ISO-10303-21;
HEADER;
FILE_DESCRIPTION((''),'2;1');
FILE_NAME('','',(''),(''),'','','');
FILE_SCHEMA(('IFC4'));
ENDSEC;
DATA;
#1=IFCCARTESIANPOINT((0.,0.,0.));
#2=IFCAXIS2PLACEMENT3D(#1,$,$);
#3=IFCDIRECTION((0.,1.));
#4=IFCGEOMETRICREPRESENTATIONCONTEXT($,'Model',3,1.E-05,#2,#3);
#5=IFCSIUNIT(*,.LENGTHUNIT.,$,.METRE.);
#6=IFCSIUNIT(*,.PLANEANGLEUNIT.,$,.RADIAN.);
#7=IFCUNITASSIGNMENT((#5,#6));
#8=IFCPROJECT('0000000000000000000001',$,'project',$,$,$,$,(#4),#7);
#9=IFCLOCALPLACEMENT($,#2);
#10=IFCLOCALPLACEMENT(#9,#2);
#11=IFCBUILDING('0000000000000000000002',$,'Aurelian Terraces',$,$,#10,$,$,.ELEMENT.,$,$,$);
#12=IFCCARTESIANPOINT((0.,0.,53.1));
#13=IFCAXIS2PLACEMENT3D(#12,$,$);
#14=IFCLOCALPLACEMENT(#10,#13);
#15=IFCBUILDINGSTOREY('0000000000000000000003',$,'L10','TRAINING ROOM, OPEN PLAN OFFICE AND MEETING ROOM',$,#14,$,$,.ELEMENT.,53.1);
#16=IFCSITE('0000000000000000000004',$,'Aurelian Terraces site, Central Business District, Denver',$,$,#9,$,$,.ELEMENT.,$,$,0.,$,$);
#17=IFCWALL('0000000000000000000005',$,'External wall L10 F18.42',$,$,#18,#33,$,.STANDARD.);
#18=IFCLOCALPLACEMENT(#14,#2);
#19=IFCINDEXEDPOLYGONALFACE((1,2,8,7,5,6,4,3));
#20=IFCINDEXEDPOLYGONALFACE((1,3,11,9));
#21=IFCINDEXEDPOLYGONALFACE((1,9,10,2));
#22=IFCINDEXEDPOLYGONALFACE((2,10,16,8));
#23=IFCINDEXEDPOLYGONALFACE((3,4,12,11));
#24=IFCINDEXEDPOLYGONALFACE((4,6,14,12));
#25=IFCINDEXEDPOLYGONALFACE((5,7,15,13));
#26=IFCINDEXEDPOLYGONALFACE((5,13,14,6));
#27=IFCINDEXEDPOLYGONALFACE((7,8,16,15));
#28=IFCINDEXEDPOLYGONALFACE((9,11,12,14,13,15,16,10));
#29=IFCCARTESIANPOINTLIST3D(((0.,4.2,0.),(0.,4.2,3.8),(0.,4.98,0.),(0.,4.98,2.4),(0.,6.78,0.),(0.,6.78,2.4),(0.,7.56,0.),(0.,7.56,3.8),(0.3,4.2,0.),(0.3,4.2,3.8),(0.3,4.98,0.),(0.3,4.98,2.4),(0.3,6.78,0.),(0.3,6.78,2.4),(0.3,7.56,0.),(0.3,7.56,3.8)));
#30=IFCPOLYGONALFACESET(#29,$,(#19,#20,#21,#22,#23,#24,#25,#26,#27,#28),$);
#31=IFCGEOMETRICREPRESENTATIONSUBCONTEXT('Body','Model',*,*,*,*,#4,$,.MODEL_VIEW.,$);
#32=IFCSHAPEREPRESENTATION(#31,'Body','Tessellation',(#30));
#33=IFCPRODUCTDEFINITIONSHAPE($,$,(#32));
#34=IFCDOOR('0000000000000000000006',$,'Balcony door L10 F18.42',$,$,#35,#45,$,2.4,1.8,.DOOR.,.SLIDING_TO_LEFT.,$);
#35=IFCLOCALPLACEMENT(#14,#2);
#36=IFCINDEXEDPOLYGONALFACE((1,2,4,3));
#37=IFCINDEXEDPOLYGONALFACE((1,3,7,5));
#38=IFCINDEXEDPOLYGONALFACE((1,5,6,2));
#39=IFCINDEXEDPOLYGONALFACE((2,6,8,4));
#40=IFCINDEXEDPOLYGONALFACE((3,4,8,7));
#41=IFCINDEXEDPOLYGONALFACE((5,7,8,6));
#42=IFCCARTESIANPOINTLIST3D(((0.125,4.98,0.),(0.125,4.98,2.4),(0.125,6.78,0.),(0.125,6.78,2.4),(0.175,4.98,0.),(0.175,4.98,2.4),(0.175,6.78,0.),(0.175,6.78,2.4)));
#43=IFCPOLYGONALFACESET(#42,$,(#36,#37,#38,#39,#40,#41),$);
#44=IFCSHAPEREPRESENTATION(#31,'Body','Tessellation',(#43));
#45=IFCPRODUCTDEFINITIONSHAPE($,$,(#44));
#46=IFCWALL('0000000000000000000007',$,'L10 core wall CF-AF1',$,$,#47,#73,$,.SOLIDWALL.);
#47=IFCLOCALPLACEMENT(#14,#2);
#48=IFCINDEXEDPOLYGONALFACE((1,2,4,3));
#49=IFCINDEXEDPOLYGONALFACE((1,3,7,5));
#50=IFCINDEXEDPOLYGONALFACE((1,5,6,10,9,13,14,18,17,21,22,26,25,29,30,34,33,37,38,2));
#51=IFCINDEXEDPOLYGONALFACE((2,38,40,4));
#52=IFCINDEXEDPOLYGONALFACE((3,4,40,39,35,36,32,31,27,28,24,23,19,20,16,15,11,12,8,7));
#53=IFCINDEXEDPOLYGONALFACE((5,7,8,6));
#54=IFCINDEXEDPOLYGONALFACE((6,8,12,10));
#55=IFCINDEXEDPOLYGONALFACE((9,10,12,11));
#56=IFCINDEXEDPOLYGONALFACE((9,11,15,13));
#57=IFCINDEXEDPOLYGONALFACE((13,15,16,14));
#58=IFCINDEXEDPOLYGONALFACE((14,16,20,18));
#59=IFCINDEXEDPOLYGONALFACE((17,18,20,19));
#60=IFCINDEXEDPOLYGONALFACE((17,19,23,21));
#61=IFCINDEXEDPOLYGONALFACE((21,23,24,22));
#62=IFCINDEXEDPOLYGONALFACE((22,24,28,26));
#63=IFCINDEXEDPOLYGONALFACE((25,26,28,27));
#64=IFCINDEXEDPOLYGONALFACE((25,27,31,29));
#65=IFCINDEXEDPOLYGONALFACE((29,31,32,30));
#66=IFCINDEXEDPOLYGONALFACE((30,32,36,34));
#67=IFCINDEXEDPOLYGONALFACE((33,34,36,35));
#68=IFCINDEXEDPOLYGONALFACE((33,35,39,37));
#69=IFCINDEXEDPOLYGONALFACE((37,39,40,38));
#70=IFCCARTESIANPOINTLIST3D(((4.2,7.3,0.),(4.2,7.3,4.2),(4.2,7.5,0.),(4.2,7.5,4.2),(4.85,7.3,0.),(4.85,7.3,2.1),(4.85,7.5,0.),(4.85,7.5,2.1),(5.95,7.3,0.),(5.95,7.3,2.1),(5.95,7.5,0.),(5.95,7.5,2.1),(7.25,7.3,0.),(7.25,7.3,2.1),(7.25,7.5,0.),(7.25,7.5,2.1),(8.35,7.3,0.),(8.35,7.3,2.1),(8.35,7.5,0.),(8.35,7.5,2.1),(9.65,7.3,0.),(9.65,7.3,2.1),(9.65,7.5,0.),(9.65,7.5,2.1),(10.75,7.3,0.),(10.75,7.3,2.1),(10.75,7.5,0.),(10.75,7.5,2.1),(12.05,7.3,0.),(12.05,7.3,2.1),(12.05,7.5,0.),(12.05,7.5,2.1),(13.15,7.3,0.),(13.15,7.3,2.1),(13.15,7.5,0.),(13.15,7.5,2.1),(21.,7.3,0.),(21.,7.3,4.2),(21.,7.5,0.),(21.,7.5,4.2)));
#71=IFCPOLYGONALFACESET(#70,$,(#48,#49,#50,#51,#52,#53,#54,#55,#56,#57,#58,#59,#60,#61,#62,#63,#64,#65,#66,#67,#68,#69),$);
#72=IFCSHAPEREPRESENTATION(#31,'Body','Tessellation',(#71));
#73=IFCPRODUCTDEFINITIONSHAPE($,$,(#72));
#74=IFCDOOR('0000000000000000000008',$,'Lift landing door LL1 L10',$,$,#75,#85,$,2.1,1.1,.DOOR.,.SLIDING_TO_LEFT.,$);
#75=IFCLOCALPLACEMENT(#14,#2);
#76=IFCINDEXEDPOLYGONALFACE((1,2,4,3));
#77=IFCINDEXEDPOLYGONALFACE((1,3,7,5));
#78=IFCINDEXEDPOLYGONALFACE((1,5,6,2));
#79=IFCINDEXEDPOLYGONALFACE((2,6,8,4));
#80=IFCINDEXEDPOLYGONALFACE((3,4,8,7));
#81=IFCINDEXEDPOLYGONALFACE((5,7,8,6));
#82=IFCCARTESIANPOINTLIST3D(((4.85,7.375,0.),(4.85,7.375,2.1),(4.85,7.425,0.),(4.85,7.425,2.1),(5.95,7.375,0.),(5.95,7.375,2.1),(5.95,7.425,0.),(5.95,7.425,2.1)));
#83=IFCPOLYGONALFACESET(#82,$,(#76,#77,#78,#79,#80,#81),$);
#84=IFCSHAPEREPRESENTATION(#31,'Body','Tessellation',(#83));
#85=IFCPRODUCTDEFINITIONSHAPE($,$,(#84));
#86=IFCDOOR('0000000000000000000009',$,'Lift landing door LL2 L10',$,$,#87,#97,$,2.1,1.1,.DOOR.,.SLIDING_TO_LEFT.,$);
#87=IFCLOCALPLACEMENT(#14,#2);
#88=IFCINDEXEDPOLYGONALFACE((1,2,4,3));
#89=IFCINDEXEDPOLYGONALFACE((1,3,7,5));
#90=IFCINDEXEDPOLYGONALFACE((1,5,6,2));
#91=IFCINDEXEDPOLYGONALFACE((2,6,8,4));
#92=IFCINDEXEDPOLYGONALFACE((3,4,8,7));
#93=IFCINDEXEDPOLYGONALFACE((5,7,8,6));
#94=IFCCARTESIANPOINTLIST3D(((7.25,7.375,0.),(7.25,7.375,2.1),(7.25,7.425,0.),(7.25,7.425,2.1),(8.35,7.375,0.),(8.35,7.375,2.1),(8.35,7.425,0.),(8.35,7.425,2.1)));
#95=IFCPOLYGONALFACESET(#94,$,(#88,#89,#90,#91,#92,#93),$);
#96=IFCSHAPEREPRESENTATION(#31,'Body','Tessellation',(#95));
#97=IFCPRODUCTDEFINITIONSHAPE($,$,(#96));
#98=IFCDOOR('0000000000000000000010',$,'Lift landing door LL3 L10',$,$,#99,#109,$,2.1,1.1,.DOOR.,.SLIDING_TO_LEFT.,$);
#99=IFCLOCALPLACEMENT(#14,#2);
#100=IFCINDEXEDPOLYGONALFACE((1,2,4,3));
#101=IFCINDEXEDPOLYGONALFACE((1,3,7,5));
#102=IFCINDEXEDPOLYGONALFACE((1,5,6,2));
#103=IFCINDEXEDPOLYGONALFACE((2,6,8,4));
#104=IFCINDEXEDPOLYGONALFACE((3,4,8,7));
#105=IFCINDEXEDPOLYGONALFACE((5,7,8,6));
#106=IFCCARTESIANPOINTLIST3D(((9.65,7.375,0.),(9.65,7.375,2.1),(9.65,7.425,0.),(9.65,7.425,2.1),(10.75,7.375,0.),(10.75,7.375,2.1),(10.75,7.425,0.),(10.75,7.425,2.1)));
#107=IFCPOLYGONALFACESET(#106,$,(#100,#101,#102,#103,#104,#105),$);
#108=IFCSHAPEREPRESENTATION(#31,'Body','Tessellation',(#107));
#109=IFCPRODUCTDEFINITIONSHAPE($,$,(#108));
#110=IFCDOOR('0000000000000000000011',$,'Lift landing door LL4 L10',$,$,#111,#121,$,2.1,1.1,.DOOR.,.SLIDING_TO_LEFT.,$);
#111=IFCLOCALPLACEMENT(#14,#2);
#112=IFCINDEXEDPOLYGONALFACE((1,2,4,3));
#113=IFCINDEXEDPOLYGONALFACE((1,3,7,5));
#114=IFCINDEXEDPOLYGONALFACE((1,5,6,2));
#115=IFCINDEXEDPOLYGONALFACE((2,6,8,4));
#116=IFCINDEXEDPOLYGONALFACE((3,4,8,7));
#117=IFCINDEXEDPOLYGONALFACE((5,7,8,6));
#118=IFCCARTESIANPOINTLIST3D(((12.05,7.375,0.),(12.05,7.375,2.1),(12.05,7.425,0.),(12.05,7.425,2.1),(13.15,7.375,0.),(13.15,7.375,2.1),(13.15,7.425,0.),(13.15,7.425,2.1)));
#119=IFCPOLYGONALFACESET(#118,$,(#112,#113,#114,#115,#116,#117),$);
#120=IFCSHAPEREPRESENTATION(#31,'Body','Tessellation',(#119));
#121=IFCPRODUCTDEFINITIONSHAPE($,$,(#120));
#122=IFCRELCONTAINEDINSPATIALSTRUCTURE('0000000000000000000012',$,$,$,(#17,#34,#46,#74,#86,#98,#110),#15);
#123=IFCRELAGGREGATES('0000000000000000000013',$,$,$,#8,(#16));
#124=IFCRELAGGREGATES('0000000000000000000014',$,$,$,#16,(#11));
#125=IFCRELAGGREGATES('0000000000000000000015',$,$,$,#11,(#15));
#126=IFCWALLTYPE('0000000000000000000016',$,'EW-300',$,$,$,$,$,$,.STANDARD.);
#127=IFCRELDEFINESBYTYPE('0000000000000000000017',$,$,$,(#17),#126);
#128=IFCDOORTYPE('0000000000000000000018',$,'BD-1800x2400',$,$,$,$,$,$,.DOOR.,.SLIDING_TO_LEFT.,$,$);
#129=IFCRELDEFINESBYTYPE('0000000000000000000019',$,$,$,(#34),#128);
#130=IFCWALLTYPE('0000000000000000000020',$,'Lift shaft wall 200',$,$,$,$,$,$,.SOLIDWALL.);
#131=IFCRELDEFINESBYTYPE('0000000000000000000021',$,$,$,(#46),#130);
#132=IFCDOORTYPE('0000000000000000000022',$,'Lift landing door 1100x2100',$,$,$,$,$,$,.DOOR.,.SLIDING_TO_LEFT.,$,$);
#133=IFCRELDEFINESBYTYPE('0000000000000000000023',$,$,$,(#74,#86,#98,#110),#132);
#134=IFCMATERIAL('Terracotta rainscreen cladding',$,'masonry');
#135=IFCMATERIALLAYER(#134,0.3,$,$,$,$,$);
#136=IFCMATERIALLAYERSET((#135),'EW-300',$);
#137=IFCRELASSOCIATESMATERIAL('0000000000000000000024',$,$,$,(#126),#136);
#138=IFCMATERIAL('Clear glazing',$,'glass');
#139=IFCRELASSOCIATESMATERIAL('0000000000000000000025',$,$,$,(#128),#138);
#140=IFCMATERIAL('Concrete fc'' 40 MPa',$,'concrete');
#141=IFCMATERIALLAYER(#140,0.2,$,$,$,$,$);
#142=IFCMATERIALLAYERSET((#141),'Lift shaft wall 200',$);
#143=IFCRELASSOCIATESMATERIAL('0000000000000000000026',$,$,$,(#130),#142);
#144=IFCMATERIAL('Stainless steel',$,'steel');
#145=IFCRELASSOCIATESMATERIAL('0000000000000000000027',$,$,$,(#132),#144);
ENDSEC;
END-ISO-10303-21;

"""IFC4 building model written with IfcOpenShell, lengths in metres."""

from ifc_helpers import new_model, si_unit, direction, frame, frame_2d, origin, place, context, subcontext, project, spatial, rectangle, extrude, source, transform, mapped, material, layer, layer_set, type_object, element, fill, save


model = new_model("IFC4")

# Units and contexts
model_context = context("Model", 3, precision=1e-05, world=origin(), true_north=direction((0.0, 1.0)))
body_context = subcontext(model_context, "Body", "Model", "MODEL_VIEW")
ifc_project = project(units=[si_unit("LENGTHUNIT", "METRE"), si_unit("PLANEANGLEUNIT", "RADIAN")], contexts=[model_context])

# Site, building, storey
site_placement = place(None, origin())
site = spatial("IfcSite", under=ifc_project, at=site_placement, Name="Aurelian Terraces site, Central Business District, Denver", CompositionType="ELEMENT", RefElevation=0.0)
building_placement = place(site_placement, origin())
building = spatial("IfcBuilding", under=site, at=building_placement, Name="Aurelian Terraces", CompositionType="ELEMENT")
storey_placement = place(building_placement, frame((0.0, 0.0, 53.1)))
storey = spatial("IfcBuildingStorey", under=building, at=storey_placement, Name="L10", Description="TRAINING ROOM, OPEN PLAN OFFICE AND MEETING ROOM", CompositionType="ELEMENT", Elevation=53.1)

# Shared definitions
ifc_material_1 = material(Name="Concrete fc' 40 MPa", Category="concrete")

# Shared definitions
ifc_material_2 = material(Name="Terracotta rainscreen cladding", Category="masonry")
ifc_layer_1 = layer(ifc_material_2, 0.3)
ifc_layer_set_1 = layer_set([ifc_layer_1], Name="EW-300")
wall_type_1 = type_object("IfcWallType", Name="EW-300", PredefinedType="STANDARD", material=ifc_layer_set_1)

# Shared definitions
shared_shape_1 = source(origin(), body_context, "Body", "SweptSolid", [
    extrude(rectangle(XDim=1.8, YDim=2.4, at=frame_2d((0.9, 1.2))), frame((0.0, 0.16, 0.0), z_axis=(0.0, -1.0, 0.0), x_axis=(1.0, 0.0, 0.0)), (0.0, 0.0, 1.0), 0.32),
])
ifc_material_3 = material(Name="Clear glazing", Category="glass")
door_type_1 = type_object("IfcDoorType", Name="BD-1800x2400", OperationType="SLIDING_TO_LEFT", PredefinedType="DOOR", material=ifc_material_3)
shared_shape_2 = source(origin(), body_context, "Body", "SweptSolid", [
    extrude(rectangle(XDim=1.8, YDim=2.4, at=frame_2d((0.9, 1.2))), frame((0.0, 0.025, 0.0), z_axis=(0.0, -1.0, 0.0), x_axis=(1.0, 0.0, 0.0)), (0.0, 0.0, 1.0), 0.05),
])

# Wall, opening, door
shared_shape_3 = source(origin(), body_context, "Body", "SweptSolid", [
    extrude(rectangle(XDim=3.36, YDim=0.3, at=frame_2d((1.68, 0.0))), origin(), (0.0, 0.0, 1.0), 3.8),
])
wall_1_placement = place(storey_placement, frame((0.15, 7.56, 0.0), z_axis=(0.0, 0.0, 1.0), x_axis=(0.0, -1.0, 0.0)))
wall_1 = element("IfcWall", 1, at=wall_1_placement, inside=storey, type_object=wall_type_1, Name="External wall L10 F18.42", PredefinedType="STANDARD", context=body_context, shape_type="MappedRepresentation", body=[
    mapped(shared_shape_3, transform((0.0, 0.0, 0.0), scale=1.0)),
])
opening_1_placement = place(wall_1_placement, frame((0.78, 0.0, 0.0)))
opening_1 = element("IfcOpeningElement", 2, at=opening_1_placement, cuts=wall_1, PredefinedType="OPENING", context=body_context, shape_type="MappedRepresentation", body=[
    mapped(shared_shape_1, transform((0.0, 0.0, 0.0), scale=1.0)),
])
door_1_placement = place(opening_1_placement, origin())
door_1 = element("IfcDoor", 3, at=door_1_placement, inside=storey, type_object=door_type_1, Name="Balcony door L10 F18.42", OperationType="SLIDING_TO_LEFT", OverallHeight=2.4, OverallWidth=1.8, PredefinedType="DOOR", context=body_context, shape_type="MappedRepresentation", body=[
    mapped(shared_shape_2, transform((0.0, 0.0, 0.0), scale=1.0)),
])
fill(opening_1, door_1)

# Wall, openings, doors
ifc_layer_2 = layer(ifc_material_1, 0.2)
ifc_layer_set_2 = layer_set([ifc_layer_2], Name="Lift shaft wall 200")
wall_type_2 = type_object("IfcWallType", Name="Lift shaft wall 200", PredefinedType="SOLIDWALL", material=ifc_layer_set_2)
shared_shape_4 = source(origin(), body_context, "Body", "SweptSolid", [
    extrude(rectangle(XDim=16.8, YDim=0.2, at=frame_2d((8.4, 0.0))), origin(), (0.0, 0.0, 1.0), 4.2),
])
wall_2_placement = place(storey_placement, frame((4.2, 7.4, 0.0), z_axis=(0.0, 0.0, 1.0), x_axis=(1.0, 0.0, 0.0)))
wall_2 = element("IfcWall", 4, at=wall_2_placement, inside=storey, type_object=wall_type_2, Name="L10 core wall CF-AF1", PredefinedType="SOLIDWALL", context=body_context, shape_type="MappedRepresentation", body=[
    mapped(shared_shape_4, transform((0.0, 0.0, 0.0), scale=1.0)),
])
shared_shape_5 = source(origin(), body_context, "Body", "SweptSolid", [
    extrude(rectangle(XDim=1.1, YDim=2.1, at=frame_2d((0.55, 1.05))), frame((0.0, 0.11, 0.0), z_axis=(0.0, -1.0, 0.0), x_axis=(1.0, 0.0, 0.0)), (0.0, 0.0, 1.0), 0.22),
])
opening_2_placement = place(wall_2_placement, frame((0.65, 0.0, 0.0)))
opening_2 = element("IfcOpeningElement", 5, at=opening_2_placement, cuts=wall_2, PredefinedType="OPENING", context=body_context, shape_type="MappedRepresentation", body=[
    mapped(shared_shape_5, transform((0.0, 0.0, 0.0), scale=1.0)),
])
opening_3_placement = place(wall_2_placement, frame((3.05, 0.0, 0.0)))
opening_3 = element("IfcOpeningElement", 6, at=opening_3_placement, cuts=wall_2, PredefinedType="OPENING", context=body_context, shape_type="MappedRepresentation", body=[
    mapped(shared_shape_5, transform((0.0, 0.0, 0.0), scale=1.0)),
])
opening_4_placement = place(wall_2_placement, frame((5.45, 0.0, 0.0)))
opening_4 = element("IfcOpeningElement", 7, at=opening_4_placement, cuts=wall_2, PredefinedType="OPENING", context=body_context, shape_type="MappedRepresentation", body=[
    mapped(shared_shape_5, transform((0.0, 0.0, 0.0), scale=1.0)),
])
opening_5_placement = place(wall_2_placement, frame((7.85, 0.0, 0.0)))
opening_5 = element("IfcOpeningElement", 8, at=opening_5_placement, cuts=wall_2, PredefinedType="OPENING", context=body_context, shape_type="MappedRepresentation", body=[
    mapped(shared_shape_5, transform((0.0, 0.0, 0.0), scale=1.0)),
])
ifc_material_4 = material(Name="Stainless steel", Category="steel")
door_type_2 = type_object("IfcDoorType", Name="Lift landing door 1100x2100", OperationType="SLIDING_TO_LEFT", PredefinedType="DOOR", material=ifc_material_4)
shared_shape_6 = source(origin(), body_context, "Body", "SweptSolid", [
    extrude(rectangle(XDim=1.1, YDim=2.1, at=frame_2d((0.55, 1.05))), frame((0.0, 0.025, 0.0), z_axis=(0.0, -1.0, 0.0), x_axis=(1.0, 0.0, 0.0)), (0.0, 0.0, 1.0), 0.05),
])
door_2_placement = place(opening_2_placement, origin())
door_2 = element("IfcDoor", 9, at=door_2_placement, inside=storey, type_object=door_type_2, Name="Lift landing door LL1 L10", OperationType="SLIDING_TO_LEFT", OverallHeight=2.1, OverallWidth=1.1, PredefinedType="DOOR", context=body_context, shape_type="MappedRepresentation", body=[
    mapped(shared_shape_6, transform((0.0, 0.0, 0.0), scale=1.0)),
])
fill(opening_2, door_2)
door_3_placement = place(opening_3_placement, origin())
door_3 = element("IfcDoor", 10, at=door_3_placement, inside=storey, type_object=door_type_2, Name="Lift landing door LL2 L10", OperationType="SLIDING_TO_LEFT", OverallHeight=2.1, OverallWidth=1.1, PredefinedType="DOOR", context=body_context, shape_type="MappedRepresentation", body=[
    mapped(shared_shape_6, transform((0.0, 0.0, 0.0), scale=1.0)),
])
fill(opening_3, door_3)
door_4_placement = place(opening_4_placement, origin())
door_4 = element("IfcDoor", 11, at=door_4_placement, inside=storey, type_object=door_type_2, Name="Lift landing door LL3 L10", OperationType="SLIDING_TO_LEFT", OverallHeight=2.1, OverallWidth=1.1, PredefinedType="DOOR", context=body_context, shape_type="MappedRepresentation", body=[
    mapped(shared_shape_6, transform((0.0, 0.0, 0.0), scale=1.0)),
])
fill(opening_4, door_4)
door_5_placement = place(opening_5_placement, origin())
door_5 = element("IfcDoor", 12, at=door_5_placement, inside=storey, type_object=door_type_2, Name="Lift landing door LL4 L10", OperationType="SLIDING_TO_LEFT", OverallHeight=2.1, OverallWidth=1.1, PredefinedType="DOOR", context=body_context, shape_type="MappedRepresentation", body=[
    mapped(shared_shape_6, transform((0.0, 0.0, 0.0), scale=1.0)),
])
fill(opening_5, door_5)

save(model, "model.ifc")
